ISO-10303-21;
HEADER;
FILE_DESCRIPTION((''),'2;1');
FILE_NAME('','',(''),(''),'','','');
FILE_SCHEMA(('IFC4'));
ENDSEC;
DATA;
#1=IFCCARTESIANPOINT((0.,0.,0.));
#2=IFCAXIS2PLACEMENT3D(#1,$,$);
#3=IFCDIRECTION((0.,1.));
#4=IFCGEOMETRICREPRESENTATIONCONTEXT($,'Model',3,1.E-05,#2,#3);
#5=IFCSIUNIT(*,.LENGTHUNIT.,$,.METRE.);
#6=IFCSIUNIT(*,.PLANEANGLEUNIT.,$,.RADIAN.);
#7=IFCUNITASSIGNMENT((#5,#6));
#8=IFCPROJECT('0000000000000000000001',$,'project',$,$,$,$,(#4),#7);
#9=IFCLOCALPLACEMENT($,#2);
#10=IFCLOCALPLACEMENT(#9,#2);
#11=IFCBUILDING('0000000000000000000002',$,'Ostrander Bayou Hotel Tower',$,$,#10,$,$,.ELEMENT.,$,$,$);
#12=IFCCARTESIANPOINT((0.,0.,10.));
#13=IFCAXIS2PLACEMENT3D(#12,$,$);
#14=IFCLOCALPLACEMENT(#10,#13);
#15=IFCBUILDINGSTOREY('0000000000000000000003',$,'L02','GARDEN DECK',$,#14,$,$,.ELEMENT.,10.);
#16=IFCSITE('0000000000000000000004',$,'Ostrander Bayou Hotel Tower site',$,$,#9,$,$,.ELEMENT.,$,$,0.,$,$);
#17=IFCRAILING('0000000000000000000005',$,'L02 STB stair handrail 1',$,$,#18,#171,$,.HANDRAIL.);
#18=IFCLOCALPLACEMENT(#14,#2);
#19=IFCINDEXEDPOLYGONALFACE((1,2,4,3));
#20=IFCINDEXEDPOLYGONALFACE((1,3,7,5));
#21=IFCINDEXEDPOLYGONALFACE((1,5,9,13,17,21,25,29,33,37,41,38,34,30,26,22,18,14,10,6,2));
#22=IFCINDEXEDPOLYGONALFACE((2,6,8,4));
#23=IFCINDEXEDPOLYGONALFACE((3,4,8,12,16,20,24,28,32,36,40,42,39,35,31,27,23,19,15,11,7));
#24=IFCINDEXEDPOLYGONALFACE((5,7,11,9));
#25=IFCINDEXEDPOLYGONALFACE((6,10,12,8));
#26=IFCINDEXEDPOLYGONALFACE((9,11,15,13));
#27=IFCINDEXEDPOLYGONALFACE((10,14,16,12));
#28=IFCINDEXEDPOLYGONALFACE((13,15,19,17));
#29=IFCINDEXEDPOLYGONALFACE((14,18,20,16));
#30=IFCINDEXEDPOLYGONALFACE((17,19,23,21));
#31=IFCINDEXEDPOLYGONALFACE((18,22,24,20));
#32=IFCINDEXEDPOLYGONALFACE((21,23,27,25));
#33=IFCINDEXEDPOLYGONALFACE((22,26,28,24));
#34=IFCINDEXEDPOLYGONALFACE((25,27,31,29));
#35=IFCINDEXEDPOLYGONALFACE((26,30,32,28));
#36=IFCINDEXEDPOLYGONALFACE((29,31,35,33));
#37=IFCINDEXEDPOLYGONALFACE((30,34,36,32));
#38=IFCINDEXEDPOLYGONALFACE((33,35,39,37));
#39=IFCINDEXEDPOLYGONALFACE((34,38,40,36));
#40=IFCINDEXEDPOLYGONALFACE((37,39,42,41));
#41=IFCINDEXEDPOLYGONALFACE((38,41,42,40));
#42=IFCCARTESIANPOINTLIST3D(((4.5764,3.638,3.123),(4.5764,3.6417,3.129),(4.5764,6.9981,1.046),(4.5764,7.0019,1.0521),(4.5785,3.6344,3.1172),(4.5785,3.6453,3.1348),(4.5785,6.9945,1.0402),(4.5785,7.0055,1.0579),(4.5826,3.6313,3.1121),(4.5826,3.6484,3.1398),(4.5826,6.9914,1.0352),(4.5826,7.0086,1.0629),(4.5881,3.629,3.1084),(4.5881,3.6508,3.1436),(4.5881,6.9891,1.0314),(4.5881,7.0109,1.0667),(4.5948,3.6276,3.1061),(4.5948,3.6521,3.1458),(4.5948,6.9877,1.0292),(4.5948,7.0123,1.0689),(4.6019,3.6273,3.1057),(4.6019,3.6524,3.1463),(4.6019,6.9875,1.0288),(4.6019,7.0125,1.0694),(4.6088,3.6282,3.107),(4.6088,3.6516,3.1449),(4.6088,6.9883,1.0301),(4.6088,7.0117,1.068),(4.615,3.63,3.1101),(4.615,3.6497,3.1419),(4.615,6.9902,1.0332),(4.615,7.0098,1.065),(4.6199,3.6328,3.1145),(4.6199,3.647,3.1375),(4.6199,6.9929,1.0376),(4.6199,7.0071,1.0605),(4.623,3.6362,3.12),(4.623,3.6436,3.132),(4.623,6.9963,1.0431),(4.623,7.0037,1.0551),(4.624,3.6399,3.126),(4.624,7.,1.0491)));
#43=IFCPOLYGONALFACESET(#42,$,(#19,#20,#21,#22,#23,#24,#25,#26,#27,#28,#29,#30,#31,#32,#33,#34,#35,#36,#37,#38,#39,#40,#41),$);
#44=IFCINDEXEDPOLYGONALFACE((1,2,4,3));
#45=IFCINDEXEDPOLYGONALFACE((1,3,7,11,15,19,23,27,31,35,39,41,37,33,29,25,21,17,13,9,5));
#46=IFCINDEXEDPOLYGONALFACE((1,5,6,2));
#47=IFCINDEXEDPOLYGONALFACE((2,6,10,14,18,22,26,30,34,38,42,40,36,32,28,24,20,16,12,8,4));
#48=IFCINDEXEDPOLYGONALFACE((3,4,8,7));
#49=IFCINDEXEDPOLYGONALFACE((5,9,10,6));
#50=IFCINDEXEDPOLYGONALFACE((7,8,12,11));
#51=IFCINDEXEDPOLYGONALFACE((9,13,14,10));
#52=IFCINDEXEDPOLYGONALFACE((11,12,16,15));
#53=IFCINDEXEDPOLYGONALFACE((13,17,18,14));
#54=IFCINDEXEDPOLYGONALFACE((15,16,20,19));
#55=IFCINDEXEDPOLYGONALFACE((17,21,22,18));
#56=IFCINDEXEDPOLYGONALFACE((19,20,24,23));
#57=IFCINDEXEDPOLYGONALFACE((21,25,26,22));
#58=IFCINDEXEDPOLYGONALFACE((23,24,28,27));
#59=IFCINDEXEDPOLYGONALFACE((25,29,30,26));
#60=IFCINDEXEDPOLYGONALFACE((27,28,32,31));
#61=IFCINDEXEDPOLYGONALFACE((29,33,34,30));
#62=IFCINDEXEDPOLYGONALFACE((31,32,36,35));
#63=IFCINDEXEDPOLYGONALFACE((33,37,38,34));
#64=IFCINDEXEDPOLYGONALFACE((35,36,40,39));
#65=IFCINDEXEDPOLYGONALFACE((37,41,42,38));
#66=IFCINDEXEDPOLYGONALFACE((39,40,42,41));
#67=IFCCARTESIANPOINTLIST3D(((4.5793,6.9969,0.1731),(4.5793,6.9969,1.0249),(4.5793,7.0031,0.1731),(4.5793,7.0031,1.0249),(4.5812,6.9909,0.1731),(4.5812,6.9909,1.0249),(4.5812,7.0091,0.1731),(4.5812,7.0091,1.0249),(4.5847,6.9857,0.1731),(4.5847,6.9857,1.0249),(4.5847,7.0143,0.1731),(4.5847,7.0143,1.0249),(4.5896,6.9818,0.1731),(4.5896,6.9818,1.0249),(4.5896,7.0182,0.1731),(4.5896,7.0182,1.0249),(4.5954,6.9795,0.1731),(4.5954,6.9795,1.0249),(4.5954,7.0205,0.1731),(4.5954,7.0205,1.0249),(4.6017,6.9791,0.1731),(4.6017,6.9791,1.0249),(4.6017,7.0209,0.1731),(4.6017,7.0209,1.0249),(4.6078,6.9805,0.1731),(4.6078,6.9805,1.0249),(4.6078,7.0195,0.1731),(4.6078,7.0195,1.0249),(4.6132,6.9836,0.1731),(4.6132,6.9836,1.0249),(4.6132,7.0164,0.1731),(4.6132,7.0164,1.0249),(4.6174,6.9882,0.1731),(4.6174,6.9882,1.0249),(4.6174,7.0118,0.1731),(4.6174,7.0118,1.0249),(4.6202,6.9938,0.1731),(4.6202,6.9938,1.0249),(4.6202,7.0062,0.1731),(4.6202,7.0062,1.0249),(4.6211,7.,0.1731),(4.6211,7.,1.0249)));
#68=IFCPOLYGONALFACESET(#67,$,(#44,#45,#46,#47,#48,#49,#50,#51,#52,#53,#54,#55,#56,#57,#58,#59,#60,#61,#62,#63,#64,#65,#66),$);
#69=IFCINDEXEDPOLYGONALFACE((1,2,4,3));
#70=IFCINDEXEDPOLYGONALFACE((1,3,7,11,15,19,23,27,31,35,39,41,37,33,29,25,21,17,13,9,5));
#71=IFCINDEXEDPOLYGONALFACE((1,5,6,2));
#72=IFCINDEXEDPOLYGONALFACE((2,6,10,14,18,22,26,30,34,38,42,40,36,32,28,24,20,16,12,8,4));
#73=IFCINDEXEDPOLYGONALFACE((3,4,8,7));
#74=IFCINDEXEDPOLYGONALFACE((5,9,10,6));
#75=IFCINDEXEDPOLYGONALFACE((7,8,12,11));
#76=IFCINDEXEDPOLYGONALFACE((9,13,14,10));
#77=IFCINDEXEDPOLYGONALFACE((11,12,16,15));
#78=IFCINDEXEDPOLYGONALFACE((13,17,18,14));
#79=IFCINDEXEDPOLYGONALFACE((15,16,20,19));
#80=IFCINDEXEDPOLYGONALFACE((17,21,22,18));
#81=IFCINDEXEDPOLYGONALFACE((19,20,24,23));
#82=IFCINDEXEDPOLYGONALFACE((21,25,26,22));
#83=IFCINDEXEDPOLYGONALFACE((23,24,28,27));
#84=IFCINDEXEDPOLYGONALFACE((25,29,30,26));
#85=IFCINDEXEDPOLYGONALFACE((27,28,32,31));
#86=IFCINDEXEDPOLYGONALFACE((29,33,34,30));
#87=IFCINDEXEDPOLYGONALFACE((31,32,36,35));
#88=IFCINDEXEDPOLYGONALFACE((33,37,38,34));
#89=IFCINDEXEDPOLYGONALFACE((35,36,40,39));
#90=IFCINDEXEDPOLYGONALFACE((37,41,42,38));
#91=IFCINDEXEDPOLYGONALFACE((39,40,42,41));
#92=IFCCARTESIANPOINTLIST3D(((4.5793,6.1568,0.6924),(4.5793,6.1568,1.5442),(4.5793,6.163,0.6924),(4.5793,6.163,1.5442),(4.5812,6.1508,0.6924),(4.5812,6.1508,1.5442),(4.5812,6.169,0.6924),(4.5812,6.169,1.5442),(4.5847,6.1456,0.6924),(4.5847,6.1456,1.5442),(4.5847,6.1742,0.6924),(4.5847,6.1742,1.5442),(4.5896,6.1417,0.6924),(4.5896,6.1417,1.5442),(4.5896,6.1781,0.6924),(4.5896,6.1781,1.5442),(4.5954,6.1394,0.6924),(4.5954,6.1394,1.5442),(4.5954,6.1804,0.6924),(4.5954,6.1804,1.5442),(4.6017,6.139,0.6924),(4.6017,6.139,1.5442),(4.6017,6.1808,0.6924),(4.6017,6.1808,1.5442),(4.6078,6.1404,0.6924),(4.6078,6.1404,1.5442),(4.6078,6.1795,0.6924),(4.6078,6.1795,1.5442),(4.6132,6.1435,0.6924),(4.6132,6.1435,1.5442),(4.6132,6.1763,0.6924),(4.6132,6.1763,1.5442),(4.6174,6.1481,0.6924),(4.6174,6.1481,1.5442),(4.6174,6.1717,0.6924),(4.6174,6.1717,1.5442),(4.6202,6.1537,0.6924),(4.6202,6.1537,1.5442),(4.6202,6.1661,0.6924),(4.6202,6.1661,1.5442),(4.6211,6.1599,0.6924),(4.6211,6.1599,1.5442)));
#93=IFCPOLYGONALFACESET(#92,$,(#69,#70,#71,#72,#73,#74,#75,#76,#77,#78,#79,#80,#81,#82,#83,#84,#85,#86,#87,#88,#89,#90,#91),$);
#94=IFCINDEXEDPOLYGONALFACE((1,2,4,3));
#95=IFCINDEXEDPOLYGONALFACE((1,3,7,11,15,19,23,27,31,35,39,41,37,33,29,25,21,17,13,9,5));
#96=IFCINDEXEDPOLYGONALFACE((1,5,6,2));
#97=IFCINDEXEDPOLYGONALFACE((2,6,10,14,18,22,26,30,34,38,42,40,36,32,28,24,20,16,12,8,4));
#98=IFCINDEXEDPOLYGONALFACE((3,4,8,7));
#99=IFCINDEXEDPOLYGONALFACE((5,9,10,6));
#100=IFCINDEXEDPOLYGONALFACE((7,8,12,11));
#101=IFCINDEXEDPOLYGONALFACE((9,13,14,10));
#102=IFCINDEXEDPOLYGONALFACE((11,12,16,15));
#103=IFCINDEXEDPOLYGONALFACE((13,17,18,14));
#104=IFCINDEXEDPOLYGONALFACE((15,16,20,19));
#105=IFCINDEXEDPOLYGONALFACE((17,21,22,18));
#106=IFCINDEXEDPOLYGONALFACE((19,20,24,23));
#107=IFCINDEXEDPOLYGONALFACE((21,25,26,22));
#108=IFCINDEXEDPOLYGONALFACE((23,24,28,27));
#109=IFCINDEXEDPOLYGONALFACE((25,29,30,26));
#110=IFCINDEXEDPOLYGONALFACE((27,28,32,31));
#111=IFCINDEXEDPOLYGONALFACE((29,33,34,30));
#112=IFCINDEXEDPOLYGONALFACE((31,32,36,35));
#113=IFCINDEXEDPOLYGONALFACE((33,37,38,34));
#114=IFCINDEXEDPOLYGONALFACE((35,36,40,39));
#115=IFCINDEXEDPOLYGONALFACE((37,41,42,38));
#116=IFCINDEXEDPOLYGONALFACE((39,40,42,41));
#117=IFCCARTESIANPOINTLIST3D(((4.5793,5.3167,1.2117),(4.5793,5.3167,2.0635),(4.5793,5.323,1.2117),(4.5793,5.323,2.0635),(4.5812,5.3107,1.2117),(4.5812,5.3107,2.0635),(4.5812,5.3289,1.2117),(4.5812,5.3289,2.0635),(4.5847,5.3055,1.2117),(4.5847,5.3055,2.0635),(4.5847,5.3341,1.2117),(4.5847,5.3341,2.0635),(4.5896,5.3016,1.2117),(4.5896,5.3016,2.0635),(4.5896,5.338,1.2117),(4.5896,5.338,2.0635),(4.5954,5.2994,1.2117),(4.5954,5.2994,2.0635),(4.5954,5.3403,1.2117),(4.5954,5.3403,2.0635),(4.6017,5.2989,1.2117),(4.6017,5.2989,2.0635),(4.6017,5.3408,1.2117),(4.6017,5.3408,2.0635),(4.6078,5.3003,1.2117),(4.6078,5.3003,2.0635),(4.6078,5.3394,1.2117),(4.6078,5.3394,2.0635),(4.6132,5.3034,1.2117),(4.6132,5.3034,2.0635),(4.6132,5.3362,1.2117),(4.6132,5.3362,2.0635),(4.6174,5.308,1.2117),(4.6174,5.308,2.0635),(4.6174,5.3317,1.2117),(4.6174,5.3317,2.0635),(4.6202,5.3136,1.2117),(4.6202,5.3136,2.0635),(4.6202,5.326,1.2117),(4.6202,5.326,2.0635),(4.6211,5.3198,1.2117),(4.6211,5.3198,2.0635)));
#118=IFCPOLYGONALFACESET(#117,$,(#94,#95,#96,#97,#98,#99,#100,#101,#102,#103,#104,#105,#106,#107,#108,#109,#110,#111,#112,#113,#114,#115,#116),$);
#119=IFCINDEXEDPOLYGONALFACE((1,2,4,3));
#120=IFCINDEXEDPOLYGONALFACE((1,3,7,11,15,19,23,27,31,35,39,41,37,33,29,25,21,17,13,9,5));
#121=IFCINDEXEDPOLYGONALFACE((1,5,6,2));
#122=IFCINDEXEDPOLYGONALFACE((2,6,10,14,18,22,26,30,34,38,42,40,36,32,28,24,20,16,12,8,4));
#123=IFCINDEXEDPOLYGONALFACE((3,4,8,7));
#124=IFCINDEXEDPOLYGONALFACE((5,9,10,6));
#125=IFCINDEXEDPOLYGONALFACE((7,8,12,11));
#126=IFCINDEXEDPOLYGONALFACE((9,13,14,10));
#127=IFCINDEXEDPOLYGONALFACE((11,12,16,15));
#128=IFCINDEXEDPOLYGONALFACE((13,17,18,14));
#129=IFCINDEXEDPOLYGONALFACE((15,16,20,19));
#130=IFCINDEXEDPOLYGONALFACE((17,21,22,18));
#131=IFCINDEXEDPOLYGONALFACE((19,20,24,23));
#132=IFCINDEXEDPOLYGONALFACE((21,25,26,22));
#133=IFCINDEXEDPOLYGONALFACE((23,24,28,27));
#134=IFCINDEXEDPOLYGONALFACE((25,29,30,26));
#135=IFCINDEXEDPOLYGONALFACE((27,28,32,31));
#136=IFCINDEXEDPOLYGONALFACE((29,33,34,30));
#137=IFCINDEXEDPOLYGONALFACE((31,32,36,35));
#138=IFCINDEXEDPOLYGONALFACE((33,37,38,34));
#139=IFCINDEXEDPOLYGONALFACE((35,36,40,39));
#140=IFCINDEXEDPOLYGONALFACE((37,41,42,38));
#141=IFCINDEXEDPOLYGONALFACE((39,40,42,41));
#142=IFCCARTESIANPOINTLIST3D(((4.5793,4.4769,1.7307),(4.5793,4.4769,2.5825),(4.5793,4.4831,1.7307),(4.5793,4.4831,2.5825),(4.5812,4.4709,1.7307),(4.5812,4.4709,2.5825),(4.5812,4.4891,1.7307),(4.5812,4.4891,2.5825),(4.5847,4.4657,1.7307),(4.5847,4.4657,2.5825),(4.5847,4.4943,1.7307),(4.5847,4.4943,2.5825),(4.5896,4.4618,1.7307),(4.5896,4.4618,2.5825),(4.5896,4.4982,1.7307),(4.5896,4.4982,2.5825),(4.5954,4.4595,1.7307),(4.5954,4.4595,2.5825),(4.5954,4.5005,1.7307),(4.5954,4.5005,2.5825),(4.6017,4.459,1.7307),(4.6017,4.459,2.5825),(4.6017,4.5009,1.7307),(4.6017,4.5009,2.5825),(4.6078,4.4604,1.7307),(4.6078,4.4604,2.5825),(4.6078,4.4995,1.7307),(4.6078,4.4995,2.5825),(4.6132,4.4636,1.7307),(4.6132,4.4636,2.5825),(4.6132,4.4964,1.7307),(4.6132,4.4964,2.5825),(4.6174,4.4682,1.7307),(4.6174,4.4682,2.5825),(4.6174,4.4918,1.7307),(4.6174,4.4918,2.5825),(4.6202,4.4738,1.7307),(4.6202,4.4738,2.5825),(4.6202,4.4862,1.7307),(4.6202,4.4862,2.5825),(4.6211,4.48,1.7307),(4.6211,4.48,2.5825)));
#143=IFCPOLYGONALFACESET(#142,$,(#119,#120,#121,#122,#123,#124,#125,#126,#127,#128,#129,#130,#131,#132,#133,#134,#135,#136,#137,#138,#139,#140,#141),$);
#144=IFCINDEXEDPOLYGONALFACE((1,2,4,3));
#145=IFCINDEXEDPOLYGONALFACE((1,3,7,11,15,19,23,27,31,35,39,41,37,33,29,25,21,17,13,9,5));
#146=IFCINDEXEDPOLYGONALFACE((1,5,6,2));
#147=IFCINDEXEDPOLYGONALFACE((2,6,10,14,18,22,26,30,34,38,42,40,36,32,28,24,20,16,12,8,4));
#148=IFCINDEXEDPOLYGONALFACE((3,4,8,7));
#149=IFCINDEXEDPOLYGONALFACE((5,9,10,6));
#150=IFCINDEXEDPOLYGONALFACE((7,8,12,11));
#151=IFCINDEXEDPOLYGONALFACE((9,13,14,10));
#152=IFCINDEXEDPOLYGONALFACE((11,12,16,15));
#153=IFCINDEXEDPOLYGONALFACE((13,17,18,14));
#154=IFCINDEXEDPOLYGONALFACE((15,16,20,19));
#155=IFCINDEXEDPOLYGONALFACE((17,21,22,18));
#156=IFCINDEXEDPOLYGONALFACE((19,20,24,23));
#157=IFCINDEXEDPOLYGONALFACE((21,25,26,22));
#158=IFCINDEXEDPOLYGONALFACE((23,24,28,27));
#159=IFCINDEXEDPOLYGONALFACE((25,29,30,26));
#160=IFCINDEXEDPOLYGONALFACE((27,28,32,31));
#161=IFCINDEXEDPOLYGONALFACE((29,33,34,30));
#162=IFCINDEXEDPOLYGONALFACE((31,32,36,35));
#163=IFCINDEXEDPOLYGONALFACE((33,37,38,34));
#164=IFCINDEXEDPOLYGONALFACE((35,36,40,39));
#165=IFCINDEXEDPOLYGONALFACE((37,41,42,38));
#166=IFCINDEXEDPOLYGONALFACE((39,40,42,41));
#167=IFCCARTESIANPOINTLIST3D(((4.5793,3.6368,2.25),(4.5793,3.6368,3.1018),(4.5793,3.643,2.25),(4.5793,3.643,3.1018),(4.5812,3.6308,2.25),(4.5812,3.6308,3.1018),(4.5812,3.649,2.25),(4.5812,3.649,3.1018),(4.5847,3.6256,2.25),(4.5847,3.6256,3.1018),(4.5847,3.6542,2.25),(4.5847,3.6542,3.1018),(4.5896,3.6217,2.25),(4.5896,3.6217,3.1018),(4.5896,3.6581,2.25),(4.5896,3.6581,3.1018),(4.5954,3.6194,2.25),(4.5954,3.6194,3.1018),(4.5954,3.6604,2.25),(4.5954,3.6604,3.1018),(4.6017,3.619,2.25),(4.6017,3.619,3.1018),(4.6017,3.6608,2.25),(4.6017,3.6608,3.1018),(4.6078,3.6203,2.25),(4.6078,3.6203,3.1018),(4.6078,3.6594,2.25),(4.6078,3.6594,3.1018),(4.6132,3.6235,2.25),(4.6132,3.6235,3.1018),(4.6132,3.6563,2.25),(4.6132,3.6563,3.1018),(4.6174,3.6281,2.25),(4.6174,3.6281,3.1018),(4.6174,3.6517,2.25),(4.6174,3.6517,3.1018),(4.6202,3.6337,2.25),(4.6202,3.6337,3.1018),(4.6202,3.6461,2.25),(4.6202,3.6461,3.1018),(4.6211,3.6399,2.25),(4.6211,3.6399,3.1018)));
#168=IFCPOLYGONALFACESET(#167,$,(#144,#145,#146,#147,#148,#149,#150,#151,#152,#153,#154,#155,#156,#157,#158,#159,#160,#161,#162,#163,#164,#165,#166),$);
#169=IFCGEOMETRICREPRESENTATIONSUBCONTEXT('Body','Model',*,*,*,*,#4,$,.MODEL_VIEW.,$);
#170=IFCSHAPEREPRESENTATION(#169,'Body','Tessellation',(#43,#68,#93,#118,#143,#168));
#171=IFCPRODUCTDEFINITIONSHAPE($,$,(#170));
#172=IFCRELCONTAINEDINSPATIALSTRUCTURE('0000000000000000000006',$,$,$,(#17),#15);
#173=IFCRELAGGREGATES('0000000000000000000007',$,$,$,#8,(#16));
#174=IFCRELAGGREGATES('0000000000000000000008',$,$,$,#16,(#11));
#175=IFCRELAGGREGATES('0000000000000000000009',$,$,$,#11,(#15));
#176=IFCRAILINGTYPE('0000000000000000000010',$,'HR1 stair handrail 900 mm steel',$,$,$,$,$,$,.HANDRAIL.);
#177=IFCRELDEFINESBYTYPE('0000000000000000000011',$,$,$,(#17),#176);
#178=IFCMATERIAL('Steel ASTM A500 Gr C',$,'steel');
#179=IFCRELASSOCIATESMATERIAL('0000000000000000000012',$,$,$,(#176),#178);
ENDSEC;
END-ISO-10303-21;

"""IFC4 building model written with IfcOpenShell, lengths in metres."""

from ifc_helpers import new_model, si_unit, direction, frame, origin, origin_2d, place, context, subcontext, project, spatial, circle, extrude, material, type_object, element, save


model = new_model("IFC4")

# Units and contexts
model_context = context("Model", 3, precision=1e-05, world=origin(), true_north=direction((0.0, 1.0)))
body_context = subcontext(model_context, "Body", "Model", "MODEL_VIEW")
ifc_project = project(units=[si_unit("LENGTHUNIT", "METRE"), si_unit("PLANEANGLEUNIT", "RADIAN")], contexts=[model_context])

# Site, building, storey
site_placement = place(None, origin())
site = spatial("IfcSite", under=ifc_project, at=site_placement, Name="Ostrander Bayou Hotel Tower site", CompositionType="ELEMENT", RefElevation=0.0)
building_placement = place(site_placement, origin())
building = spatial("IfcBuilding", under=site, at=building_placement, Name="Ostrander Bayou Hotel Tower", CompositionType="ELEMENT")
storey_placement = place(building_placement, frame((0.0, 0.0, 10.0)))
storey = spatial("IfcBuildingStorey", under=building, at=storey_placement, Name="L02", Description="GARDEN DECK", CompositionType="ELEMENT", Elevation=10.0)

# Railing
ifc_material_1 = material(Name="Steel ASTM A500 Gr C", Category="steel")
railing_type_1 = type_object("IfcRailingType", Name="HR1 stair handrail 900 mm steel", PredefinedType="HANDRAIL", material=ifc_material_1)
railing_1_placement = place(storey_placement, frame((4.6001, 7.0, 0.1731)))
element("IfcRailing", 1, at=railing_1_placement, inside=storey, type_object=railing_type_1, Name="L02 STB stair handrail 1", PredefinedType="HANDRAIL", context=body_context, shape_type="SweptSolid", body=[
    extrude(circle(Radius=0.0239, at=origin_2d()), frame((0.0, 0.0, 0.876), z_axis=(0.0, -0.850623, 0.525776), x_axis=(1.0, 0.0, 0.0)), (0.0, 0.0, 1.0), 3.9502),
    extrude(circle(Radius=0.021, at=origin_2d()), origin(), (0.0, 0.0, 1.0), 0.8518),
    extrude(circle(Radius=0.021, at=origin_2d()), frame((0.0, -0.8401, 0.5193)), (0.0, 0.0, 1.0), 0.8518),
    extrude(circle(Radius=0.021, at=origin_2d()), frame((0.0, -1.6802, 1.0386)), (0.0, 0.0, 1.0), 0.8518),
    extrude(circle(Radius=0.021, at=origin_2d()), frame((0.0, -2.52, 1.5576)), (0.0, 0.0, 1.0), 0.8518),
    extrude(circle(Radius=0.021, at=origin_2d()), frame((0.0, -3.3601, 2.0769)), (0.0, 0.0, 1.0), 0.8518),
])

save(model, "model.ifc")
